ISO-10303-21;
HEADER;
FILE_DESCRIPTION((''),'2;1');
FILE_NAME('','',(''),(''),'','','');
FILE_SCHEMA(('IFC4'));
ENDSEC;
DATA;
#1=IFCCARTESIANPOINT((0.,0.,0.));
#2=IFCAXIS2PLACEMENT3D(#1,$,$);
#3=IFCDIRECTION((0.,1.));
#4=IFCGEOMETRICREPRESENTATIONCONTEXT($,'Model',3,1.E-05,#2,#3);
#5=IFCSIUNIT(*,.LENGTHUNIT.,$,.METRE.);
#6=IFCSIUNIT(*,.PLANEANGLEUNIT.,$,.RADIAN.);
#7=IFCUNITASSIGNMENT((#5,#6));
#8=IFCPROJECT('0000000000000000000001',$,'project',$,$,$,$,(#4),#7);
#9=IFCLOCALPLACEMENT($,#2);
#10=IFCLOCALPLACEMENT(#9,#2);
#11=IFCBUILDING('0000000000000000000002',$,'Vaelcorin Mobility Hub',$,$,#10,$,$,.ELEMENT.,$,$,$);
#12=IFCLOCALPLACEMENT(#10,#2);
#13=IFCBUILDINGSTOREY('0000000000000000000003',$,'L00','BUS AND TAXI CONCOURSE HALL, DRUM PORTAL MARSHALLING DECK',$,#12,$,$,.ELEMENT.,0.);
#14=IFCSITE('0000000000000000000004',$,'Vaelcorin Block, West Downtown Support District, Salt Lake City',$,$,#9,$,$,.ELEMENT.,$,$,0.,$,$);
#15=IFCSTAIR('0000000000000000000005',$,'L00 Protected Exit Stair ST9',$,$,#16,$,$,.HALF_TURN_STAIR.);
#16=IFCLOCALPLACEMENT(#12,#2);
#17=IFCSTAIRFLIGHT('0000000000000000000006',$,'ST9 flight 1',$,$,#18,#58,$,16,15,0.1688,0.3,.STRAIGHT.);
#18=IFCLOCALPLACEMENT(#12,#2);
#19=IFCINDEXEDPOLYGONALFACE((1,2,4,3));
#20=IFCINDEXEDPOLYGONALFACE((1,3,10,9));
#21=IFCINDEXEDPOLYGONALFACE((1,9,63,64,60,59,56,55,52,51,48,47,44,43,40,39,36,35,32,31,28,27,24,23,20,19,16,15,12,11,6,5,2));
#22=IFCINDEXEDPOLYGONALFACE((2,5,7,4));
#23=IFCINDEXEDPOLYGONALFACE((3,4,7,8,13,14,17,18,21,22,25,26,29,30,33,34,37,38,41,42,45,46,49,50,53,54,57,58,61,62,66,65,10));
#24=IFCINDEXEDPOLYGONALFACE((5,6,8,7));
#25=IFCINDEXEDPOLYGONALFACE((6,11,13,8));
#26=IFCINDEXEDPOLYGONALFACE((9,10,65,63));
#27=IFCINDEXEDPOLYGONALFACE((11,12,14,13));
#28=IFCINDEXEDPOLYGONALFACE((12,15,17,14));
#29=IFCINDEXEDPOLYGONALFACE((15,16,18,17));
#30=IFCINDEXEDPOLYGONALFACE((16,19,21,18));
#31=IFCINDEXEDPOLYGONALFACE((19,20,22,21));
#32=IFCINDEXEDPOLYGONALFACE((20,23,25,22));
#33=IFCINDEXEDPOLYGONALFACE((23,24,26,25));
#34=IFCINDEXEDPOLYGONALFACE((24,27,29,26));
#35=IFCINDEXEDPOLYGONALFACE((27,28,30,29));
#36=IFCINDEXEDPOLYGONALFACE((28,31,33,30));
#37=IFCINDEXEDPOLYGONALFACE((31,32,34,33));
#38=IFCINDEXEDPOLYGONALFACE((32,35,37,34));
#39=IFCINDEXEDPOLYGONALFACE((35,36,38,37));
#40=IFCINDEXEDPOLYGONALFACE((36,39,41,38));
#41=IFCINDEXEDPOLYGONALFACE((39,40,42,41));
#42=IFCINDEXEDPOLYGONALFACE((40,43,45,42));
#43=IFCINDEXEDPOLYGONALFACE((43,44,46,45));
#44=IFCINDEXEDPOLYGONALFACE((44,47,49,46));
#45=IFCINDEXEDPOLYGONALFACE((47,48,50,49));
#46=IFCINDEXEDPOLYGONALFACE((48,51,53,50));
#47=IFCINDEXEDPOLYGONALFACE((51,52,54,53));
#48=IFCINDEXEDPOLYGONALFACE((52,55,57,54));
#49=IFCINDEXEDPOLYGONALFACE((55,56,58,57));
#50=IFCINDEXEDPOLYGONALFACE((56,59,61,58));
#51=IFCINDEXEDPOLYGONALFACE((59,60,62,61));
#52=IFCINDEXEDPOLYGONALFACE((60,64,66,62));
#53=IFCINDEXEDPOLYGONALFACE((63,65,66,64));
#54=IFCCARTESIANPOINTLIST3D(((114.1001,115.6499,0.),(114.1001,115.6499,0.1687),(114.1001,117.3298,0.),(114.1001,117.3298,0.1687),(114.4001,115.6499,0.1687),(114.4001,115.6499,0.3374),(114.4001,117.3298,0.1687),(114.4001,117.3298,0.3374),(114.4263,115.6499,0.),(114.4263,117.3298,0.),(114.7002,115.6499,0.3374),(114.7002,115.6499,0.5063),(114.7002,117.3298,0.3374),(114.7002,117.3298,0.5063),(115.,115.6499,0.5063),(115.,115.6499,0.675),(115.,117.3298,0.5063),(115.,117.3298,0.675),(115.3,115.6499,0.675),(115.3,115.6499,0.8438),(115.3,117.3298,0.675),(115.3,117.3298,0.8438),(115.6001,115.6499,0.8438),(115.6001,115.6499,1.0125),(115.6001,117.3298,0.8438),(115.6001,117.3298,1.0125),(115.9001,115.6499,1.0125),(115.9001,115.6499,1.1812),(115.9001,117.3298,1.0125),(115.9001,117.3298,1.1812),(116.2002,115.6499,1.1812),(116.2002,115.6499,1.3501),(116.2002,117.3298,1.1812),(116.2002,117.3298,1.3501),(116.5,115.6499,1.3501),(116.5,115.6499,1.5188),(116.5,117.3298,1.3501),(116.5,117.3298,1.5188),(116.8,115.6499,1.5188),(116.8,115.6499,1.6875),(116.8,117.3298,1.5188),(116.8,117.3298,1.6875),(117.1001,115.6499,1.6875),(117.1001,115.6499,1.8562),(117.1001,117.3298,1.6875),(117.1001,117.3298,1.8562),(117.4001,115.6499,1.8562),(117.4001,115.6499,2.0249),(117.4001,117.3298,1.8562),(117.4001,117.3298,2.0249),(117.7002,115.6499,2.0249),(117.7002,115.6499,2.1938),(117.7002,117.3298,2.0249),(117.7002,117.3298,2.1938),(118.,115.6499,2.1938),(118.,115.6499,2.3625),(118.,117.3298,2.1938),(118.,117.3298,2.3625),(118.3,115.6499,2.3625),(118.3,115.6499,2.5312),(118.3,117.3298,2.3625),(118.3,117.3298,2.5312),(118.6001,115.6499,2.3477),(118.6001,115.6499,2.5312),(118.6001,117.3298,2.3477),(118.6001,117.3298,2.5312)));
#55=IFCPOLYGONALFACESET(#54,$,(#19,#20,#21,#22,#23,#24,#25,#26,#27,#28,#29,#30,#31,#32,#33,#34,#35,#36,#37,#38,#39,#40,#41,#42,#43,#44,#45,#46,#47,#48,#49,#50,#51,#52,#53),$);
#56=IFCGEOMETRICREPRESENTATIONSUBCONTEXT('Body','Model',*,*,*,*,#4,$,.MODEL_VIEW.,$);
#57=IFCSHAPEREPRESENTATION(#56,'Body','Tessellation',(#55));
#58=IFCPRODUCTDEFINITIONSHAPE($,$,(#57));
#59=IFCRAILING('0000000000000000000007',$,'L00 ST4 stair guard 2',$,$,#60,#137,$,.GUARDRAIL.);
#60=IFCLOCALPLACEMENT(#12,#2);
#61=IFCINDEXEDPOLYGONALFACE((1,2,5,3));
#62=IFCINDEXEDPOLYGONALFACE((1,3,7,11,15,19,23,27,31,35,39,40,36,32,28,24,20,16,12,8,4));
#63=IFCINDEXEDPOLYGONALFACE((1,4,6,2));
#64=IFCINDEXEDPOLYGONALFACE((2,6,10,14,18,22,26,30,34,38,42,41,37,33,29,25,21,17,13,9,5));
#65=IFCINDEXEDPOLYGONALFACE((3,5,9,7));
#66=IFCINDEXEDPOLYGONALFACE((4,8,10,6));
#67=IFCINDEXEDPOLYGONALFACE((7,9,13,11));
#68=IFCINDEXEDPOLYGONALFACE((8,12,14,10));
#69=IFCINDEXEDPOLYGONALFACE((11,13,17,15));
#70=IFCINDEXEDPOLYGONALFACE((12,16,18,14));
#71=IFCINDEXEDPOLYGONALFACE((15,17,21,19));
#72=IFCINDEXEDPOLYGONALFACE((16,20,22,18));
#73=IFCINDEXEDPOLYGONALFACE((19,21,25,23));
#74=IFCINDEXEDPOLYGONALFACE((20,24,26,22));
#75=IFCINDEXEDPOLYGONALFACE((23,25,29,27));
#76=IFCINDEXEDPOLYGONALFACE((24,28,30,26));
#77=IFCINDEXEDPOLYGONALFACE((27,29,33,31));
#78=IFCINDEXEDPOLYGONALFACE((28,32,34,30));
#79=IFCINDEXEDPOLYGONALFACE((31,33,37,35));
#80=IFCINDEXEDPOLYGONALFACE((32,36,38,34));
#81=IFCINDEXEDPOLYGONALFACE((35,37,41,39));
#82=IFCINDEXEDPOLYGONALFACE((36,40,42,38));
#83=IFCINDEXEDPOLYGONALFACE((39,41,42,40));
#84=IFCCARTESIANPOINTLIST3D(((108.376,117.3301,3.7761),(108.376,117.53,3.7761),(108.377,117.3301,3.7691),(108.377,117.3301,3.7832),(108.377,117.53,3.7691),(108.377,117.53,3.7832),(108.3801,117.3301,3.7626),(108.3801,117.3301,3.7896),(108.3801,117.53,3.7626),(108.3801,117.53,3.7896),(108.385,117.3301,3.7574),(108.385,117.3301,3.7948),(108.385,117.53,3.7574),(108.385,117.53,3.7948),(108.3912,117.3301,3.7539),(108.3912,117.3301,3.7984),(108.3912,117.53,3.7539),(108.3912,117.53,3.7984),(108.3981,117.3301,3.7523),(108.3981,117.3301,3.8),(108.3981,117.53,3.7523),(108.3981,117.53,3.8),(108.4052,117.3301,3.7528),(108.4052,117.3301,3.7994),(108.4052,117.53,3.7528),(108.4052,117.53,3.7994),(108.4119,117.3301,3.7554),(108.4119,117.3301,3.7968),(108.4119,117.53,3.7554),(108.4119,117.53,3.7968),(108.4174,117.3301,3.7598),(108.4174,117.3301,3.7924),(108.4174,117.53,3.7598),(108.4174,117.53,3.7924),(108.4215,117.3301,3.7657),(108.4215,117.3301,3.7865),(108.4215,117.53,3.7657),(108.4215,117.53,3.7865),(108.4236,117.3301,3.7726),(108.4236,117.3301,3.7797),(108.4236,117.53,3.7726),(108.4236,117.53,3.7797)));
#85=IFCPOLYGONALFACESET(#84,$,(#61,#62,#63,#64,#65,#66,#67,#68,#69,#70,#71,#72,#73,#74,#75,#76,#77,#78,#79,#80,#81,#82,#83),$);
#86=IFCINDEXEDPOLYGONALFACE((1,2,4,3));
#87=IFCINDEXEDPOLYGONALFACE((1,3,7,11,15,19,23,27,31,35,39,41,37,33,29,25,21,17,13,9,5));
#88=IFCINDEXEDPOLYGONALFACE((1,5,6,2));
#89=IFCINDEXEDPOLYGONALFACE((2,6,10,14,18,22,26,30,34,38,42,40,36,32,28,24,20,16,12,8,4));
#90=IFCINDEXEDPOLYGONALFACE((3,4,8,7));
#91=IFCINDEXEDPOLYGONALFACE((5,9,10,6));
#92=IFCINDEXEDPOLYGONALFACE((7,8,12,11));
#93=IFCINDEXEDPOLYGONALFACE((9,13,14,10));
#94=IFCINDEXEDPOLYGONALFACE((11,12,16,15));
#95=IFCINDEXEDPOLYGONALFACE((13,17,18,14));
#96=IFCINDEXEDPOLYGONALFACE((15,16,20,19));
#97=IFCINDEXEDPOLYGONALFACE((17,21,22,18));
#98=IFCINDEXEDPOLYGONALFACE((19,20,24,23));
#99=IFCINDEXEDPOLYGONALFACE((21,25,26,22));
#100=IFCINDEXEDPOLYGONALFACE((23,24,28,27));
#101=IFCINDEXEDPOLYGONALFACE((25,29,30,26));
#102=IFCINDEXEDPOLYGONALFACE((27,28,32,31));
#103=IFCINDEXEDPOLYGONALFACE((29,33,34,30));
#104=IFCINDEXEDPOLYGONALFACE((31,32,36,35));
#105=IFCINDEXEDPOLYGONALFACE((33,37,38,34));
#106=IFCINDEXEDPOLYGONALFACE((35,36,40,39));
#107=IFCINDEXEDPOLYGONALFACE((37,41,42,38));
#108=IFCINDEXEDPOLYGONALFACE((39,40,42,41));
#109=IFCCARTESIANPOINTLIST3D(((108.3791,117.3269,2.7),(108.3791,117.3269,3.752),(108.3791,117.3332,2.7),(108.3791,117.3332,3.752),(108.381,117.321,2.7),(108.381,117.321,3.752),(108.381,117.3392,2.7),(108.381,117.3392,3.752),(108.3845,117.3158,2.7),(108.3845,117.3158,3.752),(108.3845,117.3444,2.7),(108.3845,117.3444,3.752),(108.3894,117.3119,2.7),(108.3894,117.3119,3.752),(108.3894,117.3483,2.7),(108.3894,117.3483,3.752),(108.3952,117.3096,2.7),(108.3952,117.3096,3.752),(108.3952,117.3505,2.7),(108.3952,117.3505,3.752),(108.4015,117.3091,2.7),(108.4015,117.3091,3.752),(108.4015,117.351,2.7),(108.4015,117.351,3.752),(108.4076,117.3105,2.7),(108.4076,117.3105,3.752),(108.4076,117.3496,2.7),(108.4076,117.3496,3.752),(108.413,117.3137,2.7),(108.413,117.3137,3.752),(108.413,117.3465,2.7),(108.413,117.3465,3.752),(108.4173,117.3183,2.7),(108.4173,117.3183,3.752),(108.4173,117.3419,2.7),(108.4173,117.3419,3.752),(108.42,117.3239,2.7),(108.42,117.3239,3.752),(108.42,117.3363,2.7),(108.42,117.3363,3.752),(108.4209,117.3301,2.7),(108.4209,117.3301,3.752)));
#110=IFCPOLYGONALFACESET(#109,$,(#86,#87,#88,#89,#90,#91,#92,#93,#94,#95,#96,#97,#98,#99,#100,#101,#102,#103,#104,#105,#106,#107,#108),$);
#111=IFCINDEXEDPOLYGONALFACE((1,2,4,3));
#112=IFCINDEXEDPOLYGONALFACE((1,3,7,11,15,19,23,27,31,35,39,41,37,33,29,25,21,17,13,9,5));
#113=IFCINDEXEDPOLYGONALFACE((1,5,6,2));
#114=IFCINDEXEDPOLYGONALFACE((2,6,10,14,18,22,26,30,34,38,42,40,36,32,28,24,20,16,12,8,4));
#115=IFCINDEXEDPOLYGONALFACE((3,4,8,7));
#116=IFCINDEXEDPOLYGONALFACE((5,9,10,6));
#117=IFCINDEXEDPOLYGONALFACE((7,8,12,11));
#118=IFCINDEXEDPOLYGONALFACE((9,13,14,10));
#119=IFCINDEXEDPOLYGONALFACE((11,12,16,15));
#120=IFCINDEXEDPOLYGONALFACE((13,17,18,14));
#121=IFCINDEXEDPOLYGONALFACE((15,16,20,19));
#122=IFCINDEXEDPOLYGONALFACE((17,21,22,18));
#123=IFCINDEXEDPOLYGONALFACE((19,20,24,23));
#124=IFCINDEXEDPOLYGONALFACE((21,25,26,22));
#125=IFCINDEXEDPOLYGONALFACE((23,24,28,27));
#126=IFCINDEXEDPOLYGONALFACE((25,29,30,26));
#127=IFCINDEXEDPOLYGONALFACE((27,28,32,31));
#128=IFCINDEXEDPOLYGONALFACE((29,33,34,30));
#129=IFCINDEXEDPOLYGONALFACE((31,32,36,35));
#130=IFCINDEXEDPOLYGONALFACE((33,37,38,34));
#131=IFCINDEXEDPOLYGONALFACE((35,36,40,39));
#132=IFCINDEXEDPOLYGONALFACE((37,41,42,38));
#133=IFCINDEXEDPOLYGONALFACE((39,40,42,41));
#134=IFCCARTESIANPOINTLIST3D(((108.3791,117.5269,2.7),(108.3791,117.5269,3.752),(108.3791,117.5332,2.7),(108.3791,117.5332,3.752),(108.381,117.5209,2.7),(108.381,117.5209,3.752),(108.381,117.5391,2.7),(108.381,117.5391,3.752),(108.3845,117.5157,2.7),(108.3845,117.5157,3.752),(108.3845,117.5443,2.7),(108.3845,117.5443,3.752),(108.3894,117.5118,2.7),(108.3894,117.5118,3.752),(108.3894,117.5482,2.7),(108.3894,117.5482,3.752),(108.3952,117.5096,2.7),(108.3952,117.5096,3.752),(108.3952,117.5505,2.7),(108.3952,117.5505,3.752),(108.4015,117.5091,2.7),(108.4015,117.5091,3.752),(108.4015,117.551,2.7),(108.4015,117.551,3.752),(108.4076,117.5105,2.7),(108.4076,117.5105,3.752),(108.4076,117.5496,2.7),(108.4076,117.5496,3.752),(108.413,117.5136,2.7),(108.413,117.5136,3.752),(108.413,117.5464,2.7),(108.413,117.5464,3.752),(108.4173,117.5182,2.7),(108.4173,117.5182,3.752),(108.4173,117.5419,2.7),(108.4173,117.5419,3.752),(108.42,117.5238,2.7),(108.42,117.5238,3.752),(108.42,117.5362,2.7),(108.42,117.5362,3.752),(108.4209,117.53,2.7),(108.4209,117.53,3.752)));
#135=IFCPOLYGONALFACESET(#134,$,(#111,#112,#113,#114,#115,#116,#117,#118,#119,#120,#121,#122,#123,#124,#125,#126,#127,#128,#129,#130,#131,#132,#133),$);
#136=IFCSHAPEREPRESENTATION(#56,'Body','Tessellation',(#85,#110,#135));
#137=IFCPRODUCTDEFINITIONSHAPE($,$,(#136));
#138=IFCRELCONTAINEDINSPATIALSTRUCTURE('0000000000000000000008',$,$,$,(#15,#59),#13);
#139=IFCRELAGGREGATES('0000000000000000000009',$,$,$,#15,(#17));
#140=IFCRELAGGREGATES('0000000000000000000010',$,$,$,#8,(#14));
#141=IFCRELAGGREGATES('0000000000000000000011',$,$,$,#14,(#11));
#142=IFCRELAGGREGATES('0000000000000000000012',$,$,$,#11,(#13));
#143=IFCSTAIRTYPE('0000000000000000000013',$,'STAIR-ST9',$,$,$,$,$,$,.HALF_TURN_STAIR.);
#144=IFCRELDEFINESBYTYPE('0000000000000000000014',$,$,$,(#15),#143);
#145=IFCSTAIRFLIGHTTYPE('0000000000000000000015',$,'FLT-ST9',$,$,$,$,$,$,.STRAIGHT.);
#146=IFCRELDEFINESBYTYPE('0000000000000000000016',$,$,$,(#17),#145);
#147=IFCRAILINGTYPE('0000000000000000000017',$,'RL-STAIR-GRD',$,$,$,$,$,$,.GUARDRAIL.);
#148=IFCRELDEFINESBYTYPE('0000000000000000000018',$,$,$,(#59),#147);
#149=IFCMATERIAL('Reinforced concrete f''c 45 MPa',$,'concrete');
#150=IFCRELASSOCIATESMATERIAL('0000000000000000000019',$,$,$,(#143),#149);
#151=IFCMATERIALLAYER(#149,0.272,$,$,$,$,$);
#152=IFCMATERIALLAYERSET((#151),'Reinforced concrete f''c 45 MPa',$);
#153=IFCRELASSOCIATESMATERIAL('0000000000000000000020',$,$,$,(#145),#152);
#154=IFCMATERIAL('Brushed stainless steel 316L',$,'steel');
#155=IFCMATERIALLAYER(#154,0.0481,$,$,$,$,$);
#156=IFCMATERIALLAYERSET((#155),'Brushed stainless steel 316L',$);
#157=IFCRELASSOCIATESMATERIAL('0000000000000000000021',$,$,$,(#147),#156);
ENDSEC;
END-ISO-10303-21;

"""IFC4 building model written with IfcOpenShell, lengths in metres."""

from ifc_helpers import new_model, si_unit, direction, frame, origin, origin_2d, place, context, subcontext, project, spatial, polyline, circle, outline, extrude, material, layer, layer_set, type_object, element, aggregate, save


model = new_model("IFC4")

# Units and contexts
model_context = context("Model", 3, precision=1e-05, world=origin(), true_north=direction((0.0, 1.0)))
body_context = subcontext(model_context, "Body", "Model", "MODEL_VIEW")
ifc_project = project(units=[si_unit("LENGTHUNIT", "METRE"), si_unit("PLANEANGLEUNIT", "RADIAN")], contexts=[model_context])

# Site, building, storey
site_placement = place(None, origin())
site = spatial("IfcSite", under=ifc_project, at=site_placement, Name="Vaelcorin Block, West Downtown Support District, Salt Lake City", CompositionType="ELEMENT", RefElevation=0.0)
building_placement = place(site_placement, origin())
building = spatial("IfcBuilding", under=site, at=building_placement, Name="Vaelcorin Mobility Hub", CompositionType="ELEMENT")
storey_placement = place(building_placement, origin())
storey = spatial("IfcBuildingStorey", under=building, at=storey_placement, Name="L00", Description="BUS AND TAXI CONCOURSE HALL, DRUM PORTAL MARSHALLING DECK", CompositionType="ELEMENT", Elevation=0.0)

# Shared definitions
ifc_material_1 = material(Name="Reinforced concrete f'c 45 MPa", Category="concrete")

# Stair, stair flight
stair_type_1 = type_object("IfcStairType", Name="STAIR-ST9", PredefinedType="HALF_TURN_STAIR", material=ifc_material_1)
stair_1_placement = place(storey_placement, origin())
stair_1 = element("IfcStair", 1, at=stair_1_placement, inside=storey, type_object=stair_type_1, Name="L00 Protected Exit Stair ST9", PredefinedType="HALF_TURN_STAIR")
ifc_layer_1 = layer(ifc_material_1, 0.272)
ifc_layer_set_1 = layer_set([ifc_layer_1], Name="Reinforced concrete f'c 45 MPa")
stair_flight_type_1 = type_object("IfcStairFlightType", Name="FLT-ST9", PredefinedType="STRAIGHT", material=ifc_layer_set_1)
stair_flight_1_placement = place(storey_placement, frame((114.1001, 116.49, 0.0), z_axis=(0.0, 0.0, 1.0), x_axis=(1.0, 0.0, 0.0)))
stair_flight_1 = element("IfcStairFlight", 2, at=stair_flight_1_placement, type_object=stair_flight_type_1, Name="ST9 flight 1", NumberOfRisers=16, NumberOfTreads=15, PredefinedType="STRAIGHT", RiserHeight=0.1688, TreadLength=0.3, context=body_context, shape_type="SweptSolid", body=[
    extrude(outline(polyline([(0.0, 0.0), (0.0, 0.1687), (0.3, 0.1687), (0.3, 0.3374), (0.6001, 0.3374), (0.6001, 0.5063), (0.8999, 0.5063), (0.8999, 0.675), (1.2, 0.675), (1.2, 0.8438), (1.5, 0.8438), (1.5, 1.0125), (1.8, 1.0125), (1.8, 1.1812), (2.1001, 1.1812), (2.1001, 1.3501), (2.3999, 1.3501), (2.3999, 1.5188), (2.7, 1.5188), (2.7, 1.6875), (3.0, 1.6875), (3.0, 1.8562), (3.3, 1.8562), (3.3, 2.0249), (3.6001, 2.0249), (3.6001, 2.1938), (3.8999, 2.1938), (3.8999, 2.3625), (4.2, 2.3625), (4.2, 2.5312), (4.5, 2.5312), (4.5, 2.7), (4.5, 2.3477), (0.3262, 0.0), (0.0, 0.0)])), frame((0.0, 0.8398, 0.0), z_axis=(0.0, -1.0, 0.0), x_axis=(1.0, 0.0, 0.0)), (0.0, 0.0, 1.0), 1.6799),
])
aggregate(stair_1, [stair_flight_1])

# Railing
ifc_material_2 = material(Name="Brushed stainless steel 316L", Category="steel")
ifc_layer_2 = layer(ifc_material_2, 0.0481)
ifc_layer_set_2 = layer_set([ifc_layer_2], Name="Brushed stainless steel 316L")
railing_type_1 = type_object("IfcRailingType", Name="RL-STAIR-GRD", PredefinedType="GUARDRAIL", material=ifc_layer_set_2)
railing_1_placement = place(storey_placement, frame((108.3999, 117.3301, 2.7)))
element("IfcRailing", 3, at=railing_1_placement, inside=storey, type_object=railing_type_1, Name="L00 ST4 stair guard 2", PredefinedType="GUARDRAIL", context=body_context, shape_type="SweptSolid", body=[
    extrude(circle(Radius=0.0239, at=origin_2d()), frame((0.0, 0.0, 1.0762), z_axis=(0.0, 1.0, 0.0), x_axis=(-1.0, 0.0, 0.0)), (0.0, 0.0, 1.0), 0.2),
    extrude(circle(Radius=0.021, at=origin_2d()), origin(), (0.0, 0.0, 1.0), 1.052),
    extrude(circle(Radius=0.021, at=origin_2d()), frame((0.0, 0.2, 0.0)), (0.0, 0.0, 1.0), 1.052),
])

save(model, "model.ifc")
